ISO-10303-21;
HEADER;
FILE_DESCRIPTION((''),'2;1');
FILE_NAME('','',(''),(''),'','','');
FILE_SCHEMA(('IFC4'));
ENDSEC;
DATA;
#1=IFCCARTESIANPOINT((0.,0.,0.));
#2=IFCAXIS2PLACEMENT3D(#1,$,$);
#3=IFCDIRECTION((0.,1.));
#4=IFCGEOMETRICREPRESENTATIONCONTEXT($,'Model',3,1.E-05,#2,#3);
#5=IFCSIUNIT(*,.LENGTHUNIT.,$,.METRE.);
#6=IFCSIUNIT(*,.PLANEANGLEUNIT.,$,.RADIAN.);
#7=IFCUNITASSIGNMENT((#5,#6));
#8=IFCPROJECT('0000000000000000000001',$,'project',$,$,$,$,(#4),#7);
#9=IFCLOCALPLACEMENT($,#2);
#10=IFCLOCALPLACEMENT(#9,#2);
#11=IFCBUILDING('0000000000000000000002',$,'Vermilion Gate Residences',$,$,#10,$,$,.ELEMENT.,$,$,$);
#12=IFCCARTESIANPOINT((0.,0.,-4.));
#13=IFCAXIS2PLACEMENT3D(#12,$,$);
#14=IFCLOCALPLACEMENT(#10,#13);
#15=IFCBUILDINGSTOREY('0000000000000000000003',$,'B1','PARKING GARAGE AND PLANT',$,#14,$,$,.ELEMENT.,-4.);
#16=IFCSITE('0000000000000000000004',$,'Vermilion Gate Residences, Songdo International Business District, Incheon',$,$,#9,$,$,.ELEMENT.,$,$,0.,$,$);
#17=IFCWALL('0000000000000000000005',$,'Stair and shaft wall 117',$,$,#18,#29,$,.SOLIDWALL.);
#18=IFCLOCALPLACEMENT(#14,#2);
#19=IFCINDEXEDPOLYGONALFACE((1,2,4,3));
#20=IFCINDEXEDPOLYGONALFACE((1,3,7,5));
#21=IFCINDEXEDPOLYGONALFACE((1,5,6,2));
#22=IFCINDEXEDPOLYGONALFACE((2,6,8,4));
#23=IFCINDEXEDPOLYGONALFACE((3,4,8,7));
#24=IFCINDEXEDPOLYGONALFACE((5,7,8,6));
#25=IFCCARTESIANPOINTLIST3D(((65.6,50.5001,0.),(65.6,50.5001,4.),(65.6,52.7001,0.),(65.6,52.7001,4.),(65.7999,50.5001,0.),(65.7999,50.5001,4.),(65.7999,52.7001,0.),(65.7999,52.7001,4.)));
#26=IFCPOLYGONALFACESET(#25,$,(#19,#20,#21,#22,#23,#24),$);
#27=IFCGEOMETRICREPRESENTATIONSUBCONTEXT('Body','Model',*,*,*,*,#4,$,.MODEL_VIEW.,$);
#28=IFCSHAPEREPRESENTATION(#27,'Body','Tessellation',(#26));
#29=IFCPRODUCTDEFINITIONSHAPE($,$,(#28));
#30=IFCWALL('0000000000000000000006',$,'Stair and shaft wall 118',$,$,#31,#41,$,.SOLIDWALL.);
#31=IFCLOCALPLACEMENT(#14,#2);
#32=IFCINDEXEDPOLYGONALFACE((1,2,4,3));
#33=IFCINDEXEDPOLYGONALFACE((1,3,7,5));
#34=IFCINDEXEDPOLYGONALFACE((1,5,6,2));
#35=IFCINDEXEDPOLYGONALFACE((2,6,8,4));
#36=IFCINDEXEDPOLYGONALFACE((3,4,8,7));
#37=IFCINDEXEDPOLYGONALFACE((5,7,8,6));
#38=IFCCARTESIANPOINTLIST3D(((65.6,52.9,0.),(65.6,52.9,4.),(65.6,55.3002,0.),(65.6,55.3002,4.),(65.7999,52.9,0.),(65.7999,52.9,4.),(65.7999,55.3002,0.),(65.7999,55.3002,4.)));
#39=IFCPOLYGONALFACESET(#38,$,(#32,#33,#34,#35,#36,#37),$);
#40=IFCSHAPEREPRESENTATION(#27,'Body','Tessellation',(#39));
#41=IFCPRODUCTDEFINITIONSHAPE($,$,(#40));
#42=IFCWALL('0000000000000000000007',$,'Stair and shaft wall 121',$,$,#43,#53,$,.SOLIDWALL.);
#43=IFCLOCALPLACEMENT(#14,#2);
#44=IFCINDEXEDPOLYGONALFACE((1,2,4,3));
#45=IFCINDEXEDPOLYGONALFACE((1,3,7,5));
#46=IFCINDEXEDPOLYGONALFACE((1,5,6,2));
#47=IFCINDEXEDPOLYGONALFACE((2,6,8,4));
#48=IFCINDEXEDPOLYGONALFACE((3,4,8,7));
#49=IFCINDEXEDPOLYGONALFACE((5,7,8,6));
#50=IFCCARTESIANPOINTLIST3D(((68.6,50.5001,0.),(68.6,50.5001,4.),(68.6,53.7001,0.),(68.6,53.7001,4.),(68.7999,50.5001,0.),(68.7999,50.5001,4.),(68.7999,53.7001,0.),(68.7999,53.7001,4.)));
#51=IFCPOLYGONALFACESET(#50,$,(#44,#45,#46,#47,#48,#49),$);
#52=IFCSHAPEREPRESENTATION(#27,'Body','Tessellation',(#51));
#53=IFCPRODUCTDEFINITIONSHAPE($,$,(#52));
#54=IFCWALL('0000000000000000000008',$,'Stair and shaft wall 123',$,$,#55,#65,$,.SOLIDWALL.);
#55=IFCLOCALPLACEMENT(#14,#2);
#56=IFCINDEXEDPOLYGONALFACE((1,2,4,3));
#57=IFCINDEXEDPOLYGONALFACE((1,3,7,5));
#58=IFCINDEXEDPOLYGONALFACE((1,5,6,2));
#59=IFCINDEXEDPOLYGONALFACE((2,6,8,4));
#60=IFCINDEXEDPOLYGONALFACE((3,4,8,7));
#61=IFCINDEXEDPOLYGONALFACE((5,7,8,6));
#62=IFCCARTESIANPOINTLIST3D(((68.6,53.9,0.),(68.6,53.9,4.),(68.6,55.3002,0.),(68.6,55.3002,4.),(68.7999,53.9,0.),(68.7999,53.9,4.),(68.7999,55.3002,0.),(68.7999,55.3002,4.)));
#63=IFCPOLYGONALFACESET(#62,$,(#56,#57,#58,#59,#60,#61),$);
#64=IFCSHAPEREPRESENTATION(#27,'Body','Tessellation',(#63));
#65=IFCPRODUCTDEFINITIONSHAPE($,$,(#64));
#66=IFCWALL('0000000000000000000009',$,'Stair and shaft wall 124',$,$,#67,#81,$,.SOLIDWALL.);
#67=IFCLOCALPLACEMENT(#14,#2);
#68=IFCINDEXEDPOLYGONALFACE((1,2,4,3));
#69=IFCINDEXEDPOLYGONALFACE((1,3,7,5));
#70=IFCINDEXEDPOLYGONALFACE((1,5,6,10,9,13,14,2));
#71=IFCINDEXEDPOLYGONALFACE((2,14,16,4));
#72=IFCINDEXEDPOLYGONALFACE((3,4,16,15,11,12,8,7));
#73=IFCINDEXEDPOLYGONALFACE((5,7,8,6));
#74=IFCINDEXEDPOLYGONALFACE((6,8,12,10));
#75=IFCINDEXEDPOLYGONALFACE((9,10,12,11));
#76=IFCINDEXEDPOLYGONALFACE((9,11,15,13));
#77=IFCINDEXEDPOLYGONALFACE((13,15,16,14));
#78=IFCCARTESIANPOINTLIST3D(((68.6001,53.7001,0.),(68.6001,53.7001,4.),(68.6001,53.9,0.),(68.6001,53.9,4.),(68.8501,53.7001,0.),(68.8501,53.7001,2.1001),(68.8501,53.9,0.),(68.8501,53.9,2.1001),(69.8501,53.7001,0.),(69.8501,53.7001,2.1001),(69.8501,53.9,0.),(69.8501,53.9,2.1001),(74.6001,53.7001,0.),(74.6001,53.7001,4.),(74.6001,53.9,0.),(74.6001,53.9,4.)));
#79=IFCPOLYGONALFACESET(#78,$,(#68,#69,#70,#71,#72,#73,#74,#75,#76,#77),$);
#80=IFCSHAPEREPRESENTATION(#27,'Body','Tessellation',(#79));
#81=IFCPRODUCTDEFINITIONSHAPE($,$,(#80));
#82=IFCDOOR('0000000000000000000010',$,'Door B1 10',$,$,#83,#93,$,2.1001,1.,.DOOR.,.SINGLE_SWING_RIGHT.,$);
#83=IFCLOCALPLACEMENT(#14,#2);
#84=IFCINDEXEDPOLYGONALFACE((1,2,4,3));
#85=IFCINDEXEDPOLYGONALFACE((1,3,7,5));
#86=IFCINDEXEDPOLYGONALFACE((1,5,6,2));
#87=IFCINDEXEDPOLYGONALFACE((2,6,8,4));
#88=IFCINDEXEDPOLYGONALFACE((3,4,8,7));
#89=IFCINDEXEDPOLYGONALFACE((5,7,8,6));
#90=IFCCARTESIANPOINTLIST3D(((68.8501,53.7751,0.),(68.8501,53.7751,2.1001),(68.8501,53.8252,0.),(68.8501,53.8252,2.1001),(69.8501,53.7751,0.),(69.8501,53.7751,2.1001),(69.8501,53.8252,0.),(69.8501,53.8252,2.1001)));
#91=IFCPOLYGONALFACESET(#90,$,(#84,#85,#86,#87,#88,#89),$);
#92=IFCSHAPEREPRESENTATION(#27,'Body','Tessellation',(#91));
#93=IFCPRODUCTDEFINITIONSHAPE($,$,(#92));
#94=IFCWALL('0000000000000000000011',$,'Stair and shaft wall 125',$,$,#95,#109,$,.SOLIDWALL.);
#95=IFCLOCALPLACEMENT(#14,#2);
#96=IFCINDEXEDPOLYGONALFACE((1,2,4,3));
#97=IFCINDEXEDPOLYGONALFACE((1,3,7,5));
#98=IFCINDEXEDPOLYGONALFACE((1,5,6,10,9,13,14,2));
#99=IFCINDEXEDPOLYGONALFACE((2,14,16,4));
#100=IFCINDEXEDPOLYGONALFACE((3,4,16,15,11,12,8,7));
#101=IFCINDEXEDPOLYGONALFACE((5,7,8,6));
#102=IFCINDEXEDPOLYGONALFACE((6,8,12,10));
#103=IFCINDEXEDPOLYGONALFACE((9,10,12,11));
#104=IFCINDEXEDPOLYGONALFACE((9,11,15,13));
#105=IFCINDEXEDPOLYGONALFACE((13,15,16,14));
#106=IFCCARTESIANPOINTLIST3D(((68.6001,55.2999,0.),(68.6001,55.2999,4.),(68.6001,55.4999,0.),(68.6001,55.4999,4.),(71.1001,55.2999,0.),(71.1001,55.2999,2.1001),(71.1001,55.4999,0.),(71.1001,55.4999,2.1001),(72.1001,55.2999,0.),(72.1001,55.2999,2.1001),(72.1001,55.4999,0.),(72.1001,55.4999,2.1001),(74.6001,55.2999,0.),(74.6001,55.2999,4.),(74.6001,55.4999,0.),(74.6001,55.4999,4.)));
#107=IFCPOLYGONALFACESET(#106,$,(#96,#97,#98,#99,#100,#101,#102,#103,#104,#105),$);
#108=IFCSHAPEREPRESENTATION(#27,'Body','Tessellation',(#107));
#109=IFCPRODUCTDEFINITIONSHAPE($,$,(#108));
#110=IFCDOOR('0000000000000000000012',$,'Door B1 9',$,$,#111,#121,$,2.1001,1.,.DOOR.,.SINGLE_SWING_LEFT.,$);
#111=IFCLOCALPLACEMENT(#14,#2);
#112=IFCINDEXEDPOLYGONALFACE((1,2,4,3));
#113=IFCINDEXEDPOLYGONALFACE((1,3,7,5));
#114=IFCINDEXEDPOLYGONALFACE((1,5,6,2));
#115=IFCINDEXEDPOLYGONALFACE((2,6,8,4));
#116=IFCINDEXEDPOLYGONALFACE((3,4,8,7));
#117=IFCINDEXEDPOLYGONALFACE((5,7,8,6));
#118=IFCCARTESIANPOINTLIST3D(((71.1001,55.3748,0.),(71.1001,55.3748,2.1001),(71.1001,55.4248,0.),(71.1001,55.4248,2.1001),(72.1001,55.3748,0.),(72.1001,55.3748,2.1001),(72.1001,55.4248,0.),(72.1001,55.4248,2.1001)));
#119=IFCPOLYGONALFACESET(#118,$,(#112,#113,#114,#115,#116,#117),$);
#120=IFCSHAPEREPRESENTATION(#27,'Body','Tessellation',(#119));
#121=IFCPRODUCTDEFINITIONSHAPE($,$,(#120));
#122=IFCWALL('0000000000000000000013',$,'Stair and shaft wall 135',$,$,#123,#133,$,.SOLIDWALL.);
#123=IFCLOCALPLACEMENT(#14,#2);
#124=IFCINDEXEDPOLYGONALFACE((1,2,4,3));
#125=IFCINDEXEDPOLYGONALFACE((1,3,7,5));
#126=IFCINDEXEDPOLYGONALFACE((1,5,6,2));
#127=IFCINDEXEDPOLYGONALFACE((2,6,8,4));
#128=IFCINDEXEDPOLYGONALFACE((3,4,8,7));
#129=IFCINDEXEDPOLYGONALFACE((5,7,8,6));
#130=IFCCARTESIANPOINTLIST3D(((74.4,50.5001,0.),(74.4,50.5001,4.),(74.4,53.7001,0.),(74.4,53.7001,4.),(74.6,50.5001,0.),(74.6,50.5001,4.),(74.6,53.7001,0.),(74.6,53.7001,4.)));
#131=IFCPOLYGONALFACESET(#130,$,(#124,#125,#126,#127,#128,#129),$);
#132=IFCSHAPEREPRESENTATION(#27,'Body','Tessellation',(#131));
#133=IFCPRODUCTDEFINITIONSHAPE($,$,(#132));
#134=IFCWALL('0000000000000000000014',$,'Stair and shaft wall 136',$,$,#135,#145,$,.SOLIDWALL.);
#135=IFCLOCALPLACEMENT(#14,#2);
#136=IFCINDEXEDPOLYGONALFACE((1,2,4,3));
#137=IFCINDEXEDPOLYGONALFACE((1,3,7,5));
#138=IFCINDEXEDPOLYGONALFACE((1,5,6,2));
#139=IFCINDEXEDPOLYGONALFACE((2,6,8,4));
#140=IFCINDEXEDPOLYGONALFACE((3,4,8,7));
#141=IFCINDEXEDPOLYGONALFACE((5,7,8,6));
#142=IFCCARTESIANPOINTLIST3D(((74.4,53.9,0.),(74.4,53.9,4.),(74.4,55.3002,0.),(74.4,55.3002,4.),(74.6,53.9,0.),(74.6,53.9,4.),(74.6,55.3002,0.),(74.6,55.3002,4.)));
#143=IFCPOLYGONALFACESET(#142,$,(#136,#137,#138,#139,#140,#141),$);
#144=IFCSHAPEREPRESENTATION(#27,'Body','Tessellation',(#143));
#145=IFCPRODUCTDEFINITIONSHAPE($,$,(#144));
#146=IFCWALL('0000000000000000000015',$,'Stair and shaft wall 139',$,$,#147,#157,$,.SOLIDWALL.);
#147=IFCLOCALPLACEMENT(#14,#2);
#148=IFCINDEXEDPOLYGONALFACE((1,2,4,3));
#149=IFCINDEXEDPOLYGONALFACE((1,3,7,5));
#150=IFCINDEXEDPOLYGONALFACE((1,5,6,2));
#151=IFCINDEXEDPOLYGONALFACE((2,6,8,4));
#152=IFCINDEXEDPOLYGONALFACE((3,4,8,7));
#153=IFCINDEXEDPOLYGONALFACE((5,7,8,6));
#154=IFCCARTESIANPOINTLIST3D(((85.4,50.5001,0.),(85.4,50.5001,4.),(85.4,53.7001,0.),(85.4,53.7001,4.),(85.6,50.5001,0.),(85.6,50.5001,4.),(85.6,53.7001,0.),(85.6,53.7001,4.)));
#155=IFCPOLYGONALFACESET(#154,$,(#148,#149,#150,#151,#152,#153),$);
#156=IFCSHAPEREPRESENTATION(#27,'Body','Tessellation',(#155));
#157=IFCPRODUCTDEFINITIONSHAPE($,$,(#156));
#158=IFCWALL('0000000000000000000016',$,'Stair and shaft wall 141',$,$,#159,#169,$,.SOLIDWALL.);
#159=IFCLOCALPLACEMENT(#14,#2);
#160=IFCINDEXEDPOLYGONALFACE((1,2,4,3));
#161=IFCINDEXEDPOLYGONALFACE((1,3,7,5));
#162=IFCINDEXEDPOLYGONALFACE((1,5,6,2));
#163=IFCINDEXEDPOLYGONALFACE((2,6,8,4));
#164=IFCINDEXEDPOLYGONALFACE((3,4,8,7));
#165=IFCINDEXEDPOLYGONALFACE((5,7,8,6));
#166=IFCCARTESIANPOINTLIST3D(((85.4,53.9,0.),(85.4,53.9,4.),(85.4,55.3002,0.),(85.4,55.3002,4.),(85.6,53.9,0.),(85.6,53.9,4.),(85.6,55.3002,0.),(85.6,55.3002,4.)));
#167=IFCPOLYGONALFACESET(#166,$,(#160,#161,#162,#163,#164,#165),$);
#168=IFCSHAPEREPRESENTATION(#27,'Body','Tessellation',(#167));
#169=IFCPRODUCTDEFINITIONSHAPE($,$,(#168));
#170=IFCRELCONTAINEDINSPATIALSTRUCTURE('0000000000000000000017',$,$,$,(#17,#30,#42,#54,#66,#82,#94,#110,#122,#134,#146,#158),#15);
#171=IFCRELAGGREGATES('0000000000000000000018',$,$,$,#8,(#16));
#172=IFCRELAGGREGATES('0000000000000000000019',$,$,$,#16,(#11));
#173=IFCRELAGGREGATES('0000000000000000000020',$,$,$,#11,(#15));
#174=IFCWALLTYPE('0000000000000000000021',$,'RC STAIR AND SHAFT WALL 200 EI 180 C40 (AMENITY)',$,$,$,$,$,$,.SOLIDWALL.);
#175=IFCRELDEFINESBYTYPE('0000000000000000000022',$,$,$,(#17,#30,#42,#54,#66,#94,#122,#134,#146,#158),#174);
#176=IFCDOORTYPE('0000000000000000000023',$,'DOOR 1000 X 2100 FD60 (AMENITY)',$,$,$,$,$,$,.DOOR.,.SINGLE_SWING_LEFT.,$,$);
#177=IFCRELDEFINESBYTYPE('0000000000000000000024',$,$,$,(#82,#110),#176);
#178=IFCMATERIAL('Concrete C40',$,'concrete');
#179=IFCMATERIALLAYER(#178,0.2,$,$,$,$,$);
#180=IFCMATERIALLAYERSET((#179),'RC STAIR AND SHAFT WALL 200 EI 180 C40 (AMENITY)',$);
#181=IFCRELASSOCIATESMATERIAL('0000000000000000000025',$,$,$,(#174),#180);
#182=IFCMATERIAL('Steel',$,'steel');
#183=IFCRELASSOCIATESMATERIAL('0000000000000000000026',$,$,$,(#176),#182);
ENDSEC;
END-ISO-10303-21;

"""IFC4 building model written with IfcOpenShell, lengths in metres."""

from ifc_helpers import new_model, si_unit, direction, frame, frame_2d, origin, place, context, subcontext, project, spatial, rectangle, extrude, material, layer, layer_set, type_object, element, fill, save


model = new_model("IFC4")

# Units and contexts
model_context = context("Model", 3, precision=1e-05, world=origin(), true_north=direction((0.0, 1.0)))
body_context = subcontext(model_context, "Body", "Model", "MODEL_VIEW")
ifc_project = project(units=[si_unit("LENGTHUNIT", "METRE"), si_unit("PLANEANGLEUNIT", "RADIAN")], contexts=[model_context])

# Site, building, storey
site_placement = place(None, origin())
site = spatial("IfcSite", under=ifc_project, at=site_placement, Name="Vermilion Gate Residences, Songdo International Business District, Incheon", CompositionType="ELEMENT", RefElevation=0.0)
building_placement = place(site_placement, origin())
building = spatial("IfcBuilding", under=site, at=building_placement, Name="Vermilion Gate Residences", CompositionType="ELEMENT")
storey_placement = place(building_placement, frame((0.0, 0.0, -4.0)))
storey = spatial("IfcBuildingStorey", under=building, at=storey_placement, Name="B1", Description="PARKING GARAGE AND PLANT", CompositionType="ELEMENT", Elevation=-4.0)

# Walls
ifc_material_1 = material(Name="Concrete C40", Category="concrete")
ifc_layer_1 = layer(ifc_material_1, 0.2)
ifc_layer_set_1 = layer_set([ifc_layer_1], Name="RC STAIR AND SHAFT WALL 200 EI 180 C40 (AMENITY)")
wall_type_1 = type_object("IfcWallType", Name="RC STAIR AND SHAFT WALL 200 EI 180 C40 (AMENITY)", PredefinedType="SOLIDWALL", material=ifc_layer_set_1)
wall_1_placement = place(storey_placement, frame((65.7, 50.5, 0.0), z_axis=(0.0, 0.0, 1.0), x_axis=(0.0, 1.0, 0.0)))
element("IfcWall", 1, at=wall_1_placement, inside=storey, type_object=wall_type_1, Name="Stair and shaft wall 117", PredefinedType="SOLIDWALL", context=body_context, shape_type="SweptSolid", body=[
    extrude(rectangle(XDim=2.2, YDim=0.2, at=frame_2d((1.1001, 0.0))), origin(), (0.0, 0.0, 1.0), 4.0),
])
wall_2_placement = place(storey_placement, frame((65.7, 52.8999, 0.0), z_axis=(0.0, 0.0, 1.0), x_axis=(0.0, 1.0, 0.0)))
element("IfcWall", 2, at=wall_2_placement, inside=storey, type_object=wall_type_1, Name="Stair and shaft wall 118", PredefinedType="SOLIDWALL", context=body_context, shape_type="SweptSolid", body=[
    extrude(rectangle(XDim=2.4001, YDim=0.2, at=frame_2d((1.2002, 0.0))), origin(), (0.0, 0.0, 1.0), 4.0),
])
wall_3_placement = place(storey_placement, frame((68.7, 50.5, 0.0), z_axis=(0.0, 0.0, 1.0), x_axis=(0.0, 1.0, 0.0)))
element("IfcWall", 3, at=wall_3_placement, inside=storey, type_object=wall_type_1, Name="Stair and shaft wall 121", PredefinedType="SOLIDWALL", context=body_context, shape_type="SweptSolid", body=[
    extrude(rectangle(XDim=3.2, YDim=0.2, at=frame_2d((1.6001, 0.0))), origin(), (0.0, 0.0, 1.0), 4.0),
])
wall_4_placement = place(storey_placement, frame((68.7, 53.8999, 0.0), z_axis=(0.0, 0.0, 1.0), x_axis=(0.0, 1.0, 0.0)))
element("IfcWall", 4, at=wall_4_placement, inside=storey, type_object=wall_type_1, Name="Stair and shaft wall 123", PredefinedType="SOLIDWALL", context=body_context, shape_type="SweptSolid", body=[
    extrude(rectangle(XDim=1.4001, YDim=0.2, at=frame_2d((0.7002, 0.0))), origin(), (0.0, 0.0, 1.0), 4.0),
])

# Walls, openings, doors
wall_5_placement = place(storey_placement, frame((68.6001, 53.8, 0.0), z_axis=(0.0, 0.0, 1.0), x_axis=(1.0, 0.0, 0.0)))
wall_5 = element("IfcWall", 5, at=wall_5_placement, inside=storey, type_object=wall_type_1, Name="Stair and shaft wall 124", PredefinedType="SOLIDWALL", context=body_context, shape_type="SweptSolid", body=[
    extrude(rectangle(XDim=6.0, YDim=0.2, at=frame_2d((3.0, 0.0))), origin(), (0.0, 0.0, 1.0), 4.0),
])
opening_1_placement = place(wall_5_placement, frame((0.25, 0.0, 0.0)))
opening_1 = element("IfcOpeningElement", 6, at=opening_1_placement, cuts=wall_5, PredefinedType="OPENING", context=body_context, shape_type="SweptSolid", body=[
    extrude(rectangle(XDim=1.0, YDim=2.1001, at=frame_2d((0.5, 1.05))), frame((0.0, 0.1099, 0.0), z_axis=(0.0, -1.0, 0.0), x_axis=(1.0, 0.0, 0.0)), (0.0, 0.0, 1.0), 0.22),
])
ifc_material_2 = material(Name="Steel", Category="steel")
door_type_1 = type_object("IfcDoorType", Name="DOOR 1000 X 2100 FD60 (AMENITY)", OperationType="SINGLE_SWING_LEFT", PredefinedType="DOOR", material=ifc_material_2)
door_1_placement = place(opening_1_placement, frame((1.0, 0.0, 0.0), z_axis=(0.0, 0.0, 1.0), x_axis=(-1.0, 0.0, 0.0)))
door_1 = element("IfcDoor", 7, at=door_1_placement, inside=storey, type_object=door_type_1, Name="Door B1 10", OperationType="SINGLE_SWING_RIGHT", OverallHeight=2.1001, OverallWidth=1.0, PredefinedType="DOOR", context=body_context, shape_type="SweptSolid", body=[
    extrude(rectangle(XDim=1.0, YDim=2.1001, at=frame_2d((0.5, 1.05))), frame((0.0, 0.0249, 0.0), z_axis=(0.0, -1.0, 0.0), x_axis=(1.0, 0.0, 0.0)), (0.0, 0.0, 1.0), 0.05),
])
fill(opening_1, door_1)
wall_6_placement = place(storey_placement, frame((68.6001, 55.3999, 0.0), z_axis=(0.0, 0.0, 1.0), x_axis=(1.0, 0.0, 0.0)))
wall_6 = element("IfcWall", 8, at=wall_6_placement, inside=storey, type_object=wall_type_1, Name="Stair and shaft wall 125", PredefinedType="SOLIDWALL", context=body_context, shape_type="SweptSolid", body=[
    extrude(rectangle(XDim=6.0, YDim=0.2, at=frame_2d((3.0, 0.0))), origin(), (0.0, 0.0, 1.0), 4.0),
])
opening_2_placement = place(wall_6_placement, frame((2.5, 0.0, 0.0)))
opening_2 = element("IfcOpeningElement", 9, at=opening_2_placement, cuts=wall_6, PredefinedType="OPENING", context=body_context, shape_type="SweptSolid", body=[
    extrude(rectangle(XDim=1.0, YDim=2.1001, at=frame_2d((0.5, 1.05))), frame((0.0, 0.1099, 0.0), z_axis=(0.0, -1.0, 0.0), x_axis=(1.0, 0.0, 0.0)), (0.0, 0.0, 1.0), 0.22),
])
door_2_placement = place(opening_2_placement, origin())
door_2 = element("IfcDoor", 10, at=door_2_placement, inside=storey, type_object=door_type_1, Name="Door B1 9", OperationType="SINGLE_SWING_LEFT", OverallHeight=2.1001, OverallWidth=1.0, PredefinedType="DOOR", context=body_context, shape_type="SweptSolid", body=[
    extrude(rectangle(XDim=1.0, YDim=2.1001, at=frame_2d((0.5, 1.05))), frame((0.0, 0.0249, 0.0), z_axis=(0.0, -1.0, 0.0), x_axis=(1.0, 0.0, 0.0)), (0.0, 0.0, 1.0), 0.05),
])
fill(opening_2, door_2)

# Walls
wall_7_placement = place(storey_placement, frame((74.5, 50.5, 0.0), z_axis=(0.0, 0.0, 1.0), x_axis=(0.0, 1.0, 0.0)))
element("IfcWall", 11, at=wall_7_placement, inside=storey, type_object=wall_type_1, Name="Stair and shaft wall 135", PredefinedType="SOLIDWALL", context=body_context, shape_type="SweptSolid", body=[
    extrude(rectangle(XDim=3.2, YDim=0.2, at=frame_2d((1.6001, 0.0))), origin(), (0.0, 0.0, 1.0), 4.0),
])
wall_8_placement = place(storey_placement, frame((74.5, 53.8999, 0.0), z_axis=(0.0, 0.0, 1.0), x_axis=(0.0, 1.0, 0.0)))
element("IfcWall", 12, at=wall_8_placement, inside=storey, type_object=wall_type_1, Name="Stair and shaft wall 136", PredefinedType="SOLIDWALL", context=body_context, shape_type="SweptSolid", body=[
    extrude(rectangle(XDim=1.4001, YDim=0.2, at=frame_2d((0.7002, 0.0))), origin(), (0.0, 0.0, 1.0), 4.0),
])
wall_9_placement = place(storey_placement, frame((85.5, 50.5, 0.0), z_axis=(0.0, 0.0, 1.0), x_axis=(0.0, 1.0, 0.0)))
element("IfcWall", 13, at=wall_9_placement, inside=storey, type_object=wall_type_1, Name="Stair and shaft wall 139", PredefinedType="SOLIDWALL", context=body_context, shape_type="SweptSolid", body=[
    extrude(rectangle(XDim=3.2, YDim=0.2, at=frame_2d((1.6001, 0.0))), origin(), (0.0, 0.0, 1.0), 4.0),
])
wall_10_placement = place(storey_placement, frame((85.5, 53.8999, 0.0), z_axis=(0.0, 0.0, 1.0), x_axis=(0.0, 1.0, 0.0)))
element("IfcWall", 14, at=wall_10_placement, inside=storey, type_object=wall_type_1, Name="Stair and shaft wall 141", PredefinedType="SOLIDWALL", context=body_context, shape_type="SweptSolid", body=[
    extrude(rectangle(XDim=1.4001, YDim=0.2, at=frame_2d((0.7002, 0.0))), origin(), (0.0, 0.0, 1.0), 4.0),
])

save(model, "model.ifc")
